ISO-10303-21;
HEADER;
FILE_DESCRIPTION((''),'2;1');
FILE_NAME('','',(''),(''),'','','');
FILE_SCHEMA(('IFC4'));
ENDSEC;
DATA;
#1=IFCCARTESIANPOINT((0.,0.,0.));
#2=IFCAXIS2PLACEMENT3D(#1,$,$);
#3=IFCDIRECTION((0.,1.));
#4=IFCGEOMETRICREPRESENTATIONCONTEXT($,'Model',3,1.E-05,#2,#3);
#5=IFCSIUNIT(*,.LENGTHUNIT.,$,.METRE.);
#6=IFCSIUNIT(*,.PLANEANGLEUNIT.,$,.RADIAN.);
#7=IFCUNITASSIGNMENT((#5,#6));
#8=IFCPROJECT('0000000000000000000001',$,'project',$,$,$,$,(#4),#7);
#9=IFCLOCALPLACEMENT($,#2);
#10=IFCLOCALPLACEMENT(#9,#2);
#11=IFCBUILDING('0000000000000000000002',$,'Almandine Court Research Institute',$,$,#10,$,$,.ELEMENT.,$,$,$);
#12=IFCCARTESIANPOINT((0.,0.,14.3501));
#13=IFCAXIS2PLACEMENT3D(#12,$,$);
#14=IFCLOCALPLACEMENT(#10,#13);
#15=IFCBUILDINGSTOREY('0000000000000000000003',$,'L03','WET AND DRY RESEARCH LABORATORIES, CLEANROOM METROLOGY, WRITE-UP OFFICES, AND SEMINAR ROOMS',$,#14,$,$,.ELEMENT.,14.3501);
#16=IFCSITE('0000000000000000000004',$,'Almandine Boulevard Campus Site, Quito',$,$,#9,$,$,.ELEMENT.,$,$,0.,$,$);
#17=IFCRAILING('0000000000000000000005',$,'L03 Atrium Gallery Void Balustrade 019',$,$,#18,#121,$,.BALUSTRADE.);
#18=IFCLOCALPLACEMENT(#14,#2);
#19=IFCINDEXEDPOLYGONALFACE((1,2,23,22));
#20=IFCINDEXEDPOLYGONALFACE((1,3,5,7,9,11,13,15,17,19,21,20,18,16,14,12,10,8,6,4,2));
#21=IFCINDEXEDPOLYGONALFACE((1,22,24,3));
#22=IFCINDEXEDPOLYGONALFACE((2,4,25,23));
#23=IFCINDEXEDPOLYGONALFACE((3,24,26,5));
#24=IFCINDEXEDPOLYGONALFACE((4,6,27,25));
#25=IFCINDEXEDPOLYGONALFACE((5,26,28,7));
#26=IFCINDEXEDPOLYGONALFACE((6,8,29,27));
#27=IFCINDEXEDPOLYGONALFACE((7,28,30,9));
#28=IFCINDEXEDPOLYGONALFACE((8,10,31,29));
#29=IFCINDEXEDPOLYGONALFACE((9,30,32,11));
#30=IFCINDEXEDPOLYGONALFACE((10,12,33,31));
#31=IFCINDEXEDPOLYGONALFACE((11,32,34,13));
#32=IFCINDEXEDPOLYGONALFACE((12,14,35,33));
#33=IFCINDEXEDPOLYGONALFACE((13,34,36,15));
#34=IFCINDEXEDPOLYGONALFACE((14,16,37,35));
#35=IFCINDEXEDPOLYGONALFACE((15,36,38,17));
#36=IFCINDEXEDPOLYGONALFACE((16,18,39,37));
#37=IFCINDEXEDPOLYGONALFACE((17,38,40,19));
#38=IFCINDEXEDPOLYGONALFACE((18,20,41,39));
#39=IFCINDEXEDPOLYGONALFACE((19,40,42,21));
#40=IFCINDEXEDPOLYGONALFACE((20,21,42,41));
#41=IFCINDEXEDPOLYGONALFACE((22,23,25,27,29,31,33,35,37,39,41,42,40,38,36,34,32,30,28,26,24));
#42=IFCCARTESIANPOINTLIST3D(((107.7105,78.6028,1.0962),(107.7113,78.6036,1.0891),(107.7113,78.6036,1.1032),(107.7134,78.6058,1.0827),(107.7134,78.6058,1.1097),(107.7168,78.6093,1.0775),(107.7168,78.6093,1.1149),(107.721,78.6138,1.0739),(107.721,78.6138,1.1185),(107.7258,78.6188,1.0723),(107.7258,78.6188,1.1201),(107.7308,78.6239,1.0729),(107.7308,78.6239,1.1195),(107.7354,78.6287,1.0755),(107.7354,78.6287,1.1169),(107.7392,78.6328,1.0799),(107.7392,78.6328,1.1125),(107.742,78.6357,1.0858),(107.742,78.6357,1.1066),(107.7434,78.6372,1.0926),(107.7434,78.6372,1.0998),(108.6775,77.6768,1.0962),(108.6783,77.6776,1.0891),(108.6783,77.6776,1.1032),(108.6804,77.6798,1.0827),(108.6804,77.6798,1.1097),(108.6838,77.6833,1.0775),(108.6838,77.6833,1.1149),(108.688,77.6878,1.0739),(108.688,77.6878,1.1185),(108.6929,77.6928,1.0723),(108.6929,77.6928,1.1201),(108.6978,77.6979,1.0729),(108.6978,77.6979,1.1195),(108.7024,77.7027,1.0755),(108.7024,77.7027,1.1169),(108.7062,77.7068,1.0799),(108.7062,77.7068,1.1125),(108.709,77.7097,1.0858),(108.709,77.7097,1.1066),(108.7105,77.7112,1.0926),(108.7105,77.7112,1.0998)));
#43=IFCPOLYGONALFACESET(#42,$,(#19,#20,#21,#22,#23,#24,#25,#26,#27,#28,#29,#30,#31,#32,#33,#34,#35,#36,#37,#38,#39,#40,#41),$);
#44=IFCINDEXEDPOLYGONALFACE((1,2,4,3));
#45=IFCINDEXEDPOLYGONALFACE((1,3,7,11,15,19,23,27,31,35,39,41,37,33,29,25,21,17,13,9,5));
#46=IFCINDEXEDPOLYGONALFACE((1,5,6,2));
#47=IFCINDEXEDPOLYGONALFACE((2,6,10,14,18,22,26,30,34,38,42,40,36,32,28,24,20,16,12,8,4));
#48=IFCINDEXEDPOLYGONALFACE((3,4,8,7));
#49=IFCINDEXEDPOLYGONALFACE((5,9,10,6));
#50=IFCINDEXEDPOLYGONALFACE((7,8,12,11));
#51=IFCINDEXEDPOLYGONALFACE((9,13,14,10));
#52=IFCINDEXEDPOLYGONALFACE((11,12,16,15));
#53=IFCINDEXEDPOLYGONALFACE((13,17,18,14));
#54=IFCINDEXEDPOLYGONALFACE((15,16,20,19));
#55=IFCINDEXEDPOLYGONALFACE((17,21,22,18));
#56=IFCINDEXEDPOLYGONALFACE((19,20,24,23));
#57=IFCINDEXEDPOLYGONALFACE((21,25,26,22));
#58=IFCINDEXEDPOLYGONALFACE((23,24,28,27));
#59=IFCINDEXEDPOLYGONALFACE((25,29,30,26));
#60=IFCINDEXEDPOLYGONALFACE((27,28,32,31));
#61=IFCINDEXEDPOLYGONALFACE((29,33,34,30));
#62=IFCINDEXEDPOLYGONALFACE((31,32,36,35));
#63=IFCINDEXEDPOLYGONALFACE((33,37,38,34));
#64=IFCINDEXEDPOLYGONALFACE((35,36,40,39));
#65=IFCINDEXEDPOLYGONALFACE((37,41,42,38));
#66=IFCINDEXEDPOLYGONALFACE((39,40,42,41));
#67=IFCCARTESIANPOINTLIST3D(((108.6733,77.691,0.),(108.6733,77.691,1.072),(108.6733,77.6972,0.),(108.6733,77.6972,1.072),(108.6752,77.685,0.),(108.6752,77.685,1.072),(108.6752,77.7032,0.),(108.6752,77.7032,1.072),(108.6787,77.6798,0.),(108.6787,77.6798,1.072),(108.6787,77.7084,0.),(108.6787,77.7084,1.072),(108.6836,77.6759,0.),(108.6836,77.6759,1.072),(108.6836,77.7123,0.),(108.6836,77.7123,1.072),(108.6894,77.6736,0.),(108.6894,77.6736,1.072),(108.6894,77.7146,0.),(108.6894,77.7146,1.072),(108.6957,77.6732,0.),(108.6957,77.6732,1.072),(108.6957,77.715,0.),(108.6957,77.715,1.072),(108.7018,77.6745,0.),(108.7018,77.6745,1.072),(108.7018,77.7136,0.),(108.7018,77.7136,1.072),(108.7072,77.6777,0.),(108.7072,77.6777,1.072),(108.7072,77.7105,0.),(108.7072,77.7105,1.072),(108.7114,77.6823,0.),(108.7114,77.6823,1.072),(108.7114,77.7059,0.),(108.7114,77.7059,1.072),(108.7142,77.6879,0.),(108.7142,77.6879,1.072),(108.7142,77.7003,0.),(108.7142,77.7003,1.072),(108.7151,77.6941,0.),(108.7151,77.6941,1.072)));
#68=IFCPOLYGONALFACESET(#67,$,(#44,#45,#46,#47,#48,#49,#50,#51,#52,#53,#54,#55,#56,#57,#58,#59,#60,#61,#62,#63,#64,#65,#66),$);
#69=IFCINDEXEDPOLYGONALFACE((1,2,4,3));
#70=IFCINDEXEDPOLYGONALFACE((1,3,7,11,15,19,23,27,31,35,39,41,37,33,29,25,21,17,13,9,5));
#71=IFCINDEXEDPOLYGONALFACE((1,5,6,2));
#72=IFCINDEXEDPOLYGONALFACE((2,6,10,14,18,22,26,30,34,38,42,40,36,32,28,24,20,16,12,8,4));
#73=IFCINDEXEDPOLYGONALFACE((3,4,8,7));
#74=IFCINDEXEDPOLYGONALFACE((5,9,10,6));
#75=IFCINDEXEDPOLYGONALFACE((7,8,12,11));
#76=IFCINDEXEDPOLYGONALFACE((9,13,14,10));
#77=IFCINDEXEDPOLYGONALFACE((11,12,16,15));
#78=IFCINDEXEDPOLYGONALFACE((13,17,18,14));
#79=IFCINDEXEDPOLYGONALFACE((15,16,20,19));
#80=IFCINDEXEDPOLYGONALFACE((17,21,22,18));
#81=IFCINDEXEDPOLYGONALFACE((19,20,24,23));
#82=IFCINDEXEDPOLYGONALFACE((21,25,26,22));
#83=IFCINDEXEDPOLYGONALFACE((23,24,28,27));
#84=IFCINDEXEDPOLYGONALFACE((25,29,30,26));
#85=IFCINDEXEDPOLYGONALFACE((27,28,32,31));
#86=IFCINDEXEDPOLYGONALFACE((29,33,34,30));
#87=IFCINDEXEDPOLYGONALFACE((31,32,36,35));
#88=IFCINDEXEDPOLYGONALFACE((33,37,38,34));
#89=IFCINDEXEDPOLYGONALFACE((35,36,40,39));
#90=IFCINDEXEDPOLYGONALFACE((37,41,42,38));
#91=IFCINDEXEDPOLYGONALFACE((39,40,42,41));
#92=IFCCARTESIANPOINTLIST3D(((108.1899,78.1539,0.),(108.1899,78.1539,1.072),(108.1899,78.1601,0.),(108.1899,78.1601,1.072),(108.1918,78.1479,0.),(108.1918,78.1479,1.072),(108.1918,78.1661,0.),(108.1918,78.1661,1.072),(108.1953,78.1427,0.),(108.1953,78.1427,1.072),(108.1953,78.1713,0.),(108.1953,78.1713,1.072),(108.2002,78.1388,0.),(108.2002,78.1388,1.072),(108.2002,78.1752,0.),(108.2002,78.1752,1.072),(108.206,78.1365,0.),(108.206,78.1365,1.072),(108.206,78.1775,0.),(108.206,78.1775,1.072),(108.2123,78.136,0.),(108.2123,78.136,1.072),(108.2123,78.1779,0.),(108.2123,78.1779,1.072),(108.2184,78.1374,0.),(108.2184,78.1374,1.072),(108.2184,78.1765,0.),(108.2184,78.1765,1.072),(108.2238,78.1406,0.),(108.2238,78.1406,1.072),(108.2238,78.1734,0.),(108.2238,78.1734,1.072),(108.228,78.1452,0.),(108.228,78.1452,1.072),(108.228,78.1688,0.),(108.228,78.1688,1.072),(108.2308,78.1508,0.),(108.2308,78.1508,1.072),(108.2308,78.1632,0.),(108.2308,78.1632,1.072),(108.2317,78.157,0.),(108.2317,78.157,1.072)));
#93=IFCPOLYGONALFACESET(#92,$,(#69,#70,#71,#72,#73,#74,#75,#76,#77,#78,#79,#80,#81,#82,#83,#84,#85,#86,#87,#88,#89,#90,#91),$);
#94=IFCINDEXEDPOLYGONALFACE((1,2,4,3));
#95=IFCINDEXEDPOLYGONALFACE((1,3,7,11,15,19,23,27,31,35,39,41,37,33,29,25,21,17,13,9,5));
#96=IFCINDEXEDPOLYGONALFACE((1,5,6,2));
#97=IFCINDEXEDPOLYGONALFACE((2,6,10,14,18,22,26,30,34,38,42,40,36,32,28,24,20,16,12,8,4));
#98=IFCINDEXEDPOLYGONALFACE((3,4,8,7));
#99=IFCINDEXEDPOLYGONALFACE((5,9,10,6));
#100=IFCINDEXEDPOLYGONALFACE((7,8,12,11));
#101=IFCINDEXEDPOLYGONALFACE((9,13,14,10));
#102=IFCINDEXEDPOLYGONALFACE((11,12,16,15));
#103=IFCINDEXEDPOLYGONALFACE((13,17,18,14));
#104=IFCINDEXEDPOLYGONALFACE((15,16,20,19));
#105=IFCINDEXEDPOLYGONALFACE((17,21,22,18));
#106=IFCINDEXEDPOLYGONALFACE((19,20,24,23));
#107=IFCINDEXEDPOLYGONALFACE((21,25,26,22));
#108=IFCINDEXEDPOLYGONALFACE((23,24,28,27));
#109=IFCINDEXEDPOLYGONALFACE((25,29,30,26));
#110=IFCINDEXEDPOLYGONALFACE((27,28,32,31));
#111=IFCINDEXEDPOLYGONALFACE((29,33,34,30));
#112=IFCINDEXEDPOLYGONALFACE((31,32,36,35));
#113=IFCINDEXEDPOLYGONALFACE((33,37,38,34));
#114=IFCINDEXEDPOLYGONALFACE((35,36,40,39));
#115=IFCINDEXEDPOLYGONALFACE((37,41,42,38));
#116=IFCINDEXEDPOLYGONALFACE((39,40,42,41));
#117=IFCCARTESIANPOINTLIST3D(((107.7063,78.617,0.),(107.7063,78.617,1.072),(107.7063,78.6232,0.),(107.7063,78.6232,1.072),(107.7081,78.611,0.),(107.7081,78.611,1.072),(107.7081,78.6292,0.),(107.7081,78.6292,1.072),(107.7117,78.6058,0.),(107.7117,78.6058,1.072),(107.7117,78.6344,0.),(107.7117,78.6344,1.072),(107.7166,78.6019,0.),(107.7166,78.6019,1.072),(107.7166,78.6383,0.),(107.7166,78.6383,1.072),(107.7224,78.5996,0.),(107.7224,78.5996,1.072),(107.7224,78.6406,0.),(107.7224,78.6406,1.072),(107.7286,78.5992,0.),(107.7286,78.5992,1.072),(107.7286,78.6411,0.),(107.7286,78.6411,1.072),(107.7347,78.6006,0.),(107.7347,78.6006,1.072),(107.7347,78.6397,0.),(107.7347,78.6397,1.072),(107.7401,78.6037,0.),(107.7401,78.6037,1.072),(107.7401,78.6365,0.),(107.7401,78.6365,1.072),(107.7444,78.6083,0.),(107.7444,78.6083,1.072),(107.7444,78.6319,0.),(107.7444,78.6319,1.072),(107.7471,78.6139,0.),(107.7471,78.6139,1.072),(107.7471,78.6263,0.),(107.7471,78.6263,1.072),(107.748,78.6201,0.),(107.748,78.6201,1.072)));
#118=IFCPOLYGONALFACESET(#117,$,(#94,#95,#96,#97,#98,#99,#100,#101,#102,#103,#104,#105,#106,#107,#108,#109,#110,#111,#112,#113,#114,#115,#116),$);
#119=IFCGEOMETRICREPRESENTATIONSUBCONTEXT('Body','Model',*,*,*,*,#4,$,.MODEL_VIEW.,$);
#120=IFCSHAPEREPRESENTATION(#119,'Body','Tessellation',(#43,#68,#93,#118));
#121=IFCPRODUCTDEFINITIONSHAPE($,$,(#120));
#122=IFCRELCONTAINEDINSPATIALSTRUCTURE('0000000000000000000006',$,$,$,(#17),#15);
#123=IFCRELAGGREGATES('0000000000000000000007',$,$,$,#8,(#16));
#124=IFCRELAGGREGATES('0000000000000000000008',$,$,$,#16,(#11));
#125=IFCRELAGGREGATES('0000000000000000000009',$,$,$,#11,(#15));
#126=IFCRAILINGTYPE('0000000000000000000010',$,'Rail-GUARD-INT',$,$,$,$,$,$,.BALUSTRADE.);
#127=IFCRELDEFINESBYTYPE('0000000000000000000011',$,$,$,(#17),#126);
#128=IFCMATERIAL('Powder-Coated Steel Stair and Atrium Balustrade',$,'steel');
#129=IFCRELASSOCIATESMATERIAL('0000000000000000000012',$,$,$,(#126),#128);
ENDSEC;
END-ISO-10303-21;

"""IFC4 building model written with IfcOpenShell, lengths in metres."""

from ifc_helpers import new_model, si_unit, direction, frame, origin, origin_2d, place, context, subcontext, project, spatial, circle, extrude, material, type_object, element, save


model = new_model("IFC4")

# Units and contexts
model_context = context("Model", 3, precision=1e-05, world=origin(), true_north=direction((0.0, 1.0)))
body_context = subcontext(model_context, "Body", "Model", "MODEL_VIEW")
ifc_project = project(units=[si_unit("LENGTHUNIT", "METRE"), si_unit("PLANEANGLEUNIT", "RADIAN")], contexts=[model_context])

# Site, building, storey
site_placement = place(None, origin())
site = spatial("IfcSite", under=ifc_project, at=site_placement, Name="Almandine Boulevard Campus Site, Quito", CompositionType="ELEMENT", RefElevation=0.0)
building_placement = place(site_placement, origin())
building = spatial("IfcBuilding", under=site, at=building_placement, Name="Almandine Court Research Institute", CompositionType="ELEMENT")
storey_placement = place(building_placement, frame((0.0, 0.0, 14.3501)))
storey = spatial("IfcBuildingStorey", under=building, at=storey_placement, Name="L03", Description="WET AND DRY RESEARCH LABORATORIES, CLEANROOM METROLOGY, WRITE-UP OFFICES, AND SEMINAR ROOMS", CompositionType="ELEMENT", Elevation=14.3501)

# Railing
ifc_material_1 = material(Name="Powder-Coated Steel Stair and Atrium Balustrade", Category="steel")
railing_type = type_object("IfcRailingType", Name="Rail-GUARD-INT", PredefinedType="BALUSTRADE", material=ifc_material_1)
railing_1_placement = place(storey_placement, frame((108.6941, 77.6941, 0.0)))
element("IfcRailing", 1, at=railing_1_placement, inside=storey, type_object=railing_type, Name="L03 Atrium Gallery Void Balustrade 019", PredefinedType="BALUSTRADE", context=body_context, shape_type="SweptSolid", body=[
    extrude(circle(Radius=0.0239, at=origin_2d()), frame((0.0, 0.0, 1.0962), z_axis=(-0.722258, 0.691624, 0.0), x_axis=(-0.691624, -0.722258, 0.0)), (0.0, 0.0, 1.0), 1.3389),
    extrude(circle(Radius=0.021, at=origin_2d()), origin(), (0.0, 0.0, 1.0), 1.072),
    extrude(circle(Radius=0.021, at=origin_2d()), frame((-0.4834, 0.4629, 0.0)), (0.0, 0.0, 1.0), 1.072),
    extrude(circle(Radius=0.021, at=origin_2d()), frame((-0.967, 0.926, 0.0)), (0.0, 0.0, 1.0), 1.072),
])

save(model, "model.ifc")
